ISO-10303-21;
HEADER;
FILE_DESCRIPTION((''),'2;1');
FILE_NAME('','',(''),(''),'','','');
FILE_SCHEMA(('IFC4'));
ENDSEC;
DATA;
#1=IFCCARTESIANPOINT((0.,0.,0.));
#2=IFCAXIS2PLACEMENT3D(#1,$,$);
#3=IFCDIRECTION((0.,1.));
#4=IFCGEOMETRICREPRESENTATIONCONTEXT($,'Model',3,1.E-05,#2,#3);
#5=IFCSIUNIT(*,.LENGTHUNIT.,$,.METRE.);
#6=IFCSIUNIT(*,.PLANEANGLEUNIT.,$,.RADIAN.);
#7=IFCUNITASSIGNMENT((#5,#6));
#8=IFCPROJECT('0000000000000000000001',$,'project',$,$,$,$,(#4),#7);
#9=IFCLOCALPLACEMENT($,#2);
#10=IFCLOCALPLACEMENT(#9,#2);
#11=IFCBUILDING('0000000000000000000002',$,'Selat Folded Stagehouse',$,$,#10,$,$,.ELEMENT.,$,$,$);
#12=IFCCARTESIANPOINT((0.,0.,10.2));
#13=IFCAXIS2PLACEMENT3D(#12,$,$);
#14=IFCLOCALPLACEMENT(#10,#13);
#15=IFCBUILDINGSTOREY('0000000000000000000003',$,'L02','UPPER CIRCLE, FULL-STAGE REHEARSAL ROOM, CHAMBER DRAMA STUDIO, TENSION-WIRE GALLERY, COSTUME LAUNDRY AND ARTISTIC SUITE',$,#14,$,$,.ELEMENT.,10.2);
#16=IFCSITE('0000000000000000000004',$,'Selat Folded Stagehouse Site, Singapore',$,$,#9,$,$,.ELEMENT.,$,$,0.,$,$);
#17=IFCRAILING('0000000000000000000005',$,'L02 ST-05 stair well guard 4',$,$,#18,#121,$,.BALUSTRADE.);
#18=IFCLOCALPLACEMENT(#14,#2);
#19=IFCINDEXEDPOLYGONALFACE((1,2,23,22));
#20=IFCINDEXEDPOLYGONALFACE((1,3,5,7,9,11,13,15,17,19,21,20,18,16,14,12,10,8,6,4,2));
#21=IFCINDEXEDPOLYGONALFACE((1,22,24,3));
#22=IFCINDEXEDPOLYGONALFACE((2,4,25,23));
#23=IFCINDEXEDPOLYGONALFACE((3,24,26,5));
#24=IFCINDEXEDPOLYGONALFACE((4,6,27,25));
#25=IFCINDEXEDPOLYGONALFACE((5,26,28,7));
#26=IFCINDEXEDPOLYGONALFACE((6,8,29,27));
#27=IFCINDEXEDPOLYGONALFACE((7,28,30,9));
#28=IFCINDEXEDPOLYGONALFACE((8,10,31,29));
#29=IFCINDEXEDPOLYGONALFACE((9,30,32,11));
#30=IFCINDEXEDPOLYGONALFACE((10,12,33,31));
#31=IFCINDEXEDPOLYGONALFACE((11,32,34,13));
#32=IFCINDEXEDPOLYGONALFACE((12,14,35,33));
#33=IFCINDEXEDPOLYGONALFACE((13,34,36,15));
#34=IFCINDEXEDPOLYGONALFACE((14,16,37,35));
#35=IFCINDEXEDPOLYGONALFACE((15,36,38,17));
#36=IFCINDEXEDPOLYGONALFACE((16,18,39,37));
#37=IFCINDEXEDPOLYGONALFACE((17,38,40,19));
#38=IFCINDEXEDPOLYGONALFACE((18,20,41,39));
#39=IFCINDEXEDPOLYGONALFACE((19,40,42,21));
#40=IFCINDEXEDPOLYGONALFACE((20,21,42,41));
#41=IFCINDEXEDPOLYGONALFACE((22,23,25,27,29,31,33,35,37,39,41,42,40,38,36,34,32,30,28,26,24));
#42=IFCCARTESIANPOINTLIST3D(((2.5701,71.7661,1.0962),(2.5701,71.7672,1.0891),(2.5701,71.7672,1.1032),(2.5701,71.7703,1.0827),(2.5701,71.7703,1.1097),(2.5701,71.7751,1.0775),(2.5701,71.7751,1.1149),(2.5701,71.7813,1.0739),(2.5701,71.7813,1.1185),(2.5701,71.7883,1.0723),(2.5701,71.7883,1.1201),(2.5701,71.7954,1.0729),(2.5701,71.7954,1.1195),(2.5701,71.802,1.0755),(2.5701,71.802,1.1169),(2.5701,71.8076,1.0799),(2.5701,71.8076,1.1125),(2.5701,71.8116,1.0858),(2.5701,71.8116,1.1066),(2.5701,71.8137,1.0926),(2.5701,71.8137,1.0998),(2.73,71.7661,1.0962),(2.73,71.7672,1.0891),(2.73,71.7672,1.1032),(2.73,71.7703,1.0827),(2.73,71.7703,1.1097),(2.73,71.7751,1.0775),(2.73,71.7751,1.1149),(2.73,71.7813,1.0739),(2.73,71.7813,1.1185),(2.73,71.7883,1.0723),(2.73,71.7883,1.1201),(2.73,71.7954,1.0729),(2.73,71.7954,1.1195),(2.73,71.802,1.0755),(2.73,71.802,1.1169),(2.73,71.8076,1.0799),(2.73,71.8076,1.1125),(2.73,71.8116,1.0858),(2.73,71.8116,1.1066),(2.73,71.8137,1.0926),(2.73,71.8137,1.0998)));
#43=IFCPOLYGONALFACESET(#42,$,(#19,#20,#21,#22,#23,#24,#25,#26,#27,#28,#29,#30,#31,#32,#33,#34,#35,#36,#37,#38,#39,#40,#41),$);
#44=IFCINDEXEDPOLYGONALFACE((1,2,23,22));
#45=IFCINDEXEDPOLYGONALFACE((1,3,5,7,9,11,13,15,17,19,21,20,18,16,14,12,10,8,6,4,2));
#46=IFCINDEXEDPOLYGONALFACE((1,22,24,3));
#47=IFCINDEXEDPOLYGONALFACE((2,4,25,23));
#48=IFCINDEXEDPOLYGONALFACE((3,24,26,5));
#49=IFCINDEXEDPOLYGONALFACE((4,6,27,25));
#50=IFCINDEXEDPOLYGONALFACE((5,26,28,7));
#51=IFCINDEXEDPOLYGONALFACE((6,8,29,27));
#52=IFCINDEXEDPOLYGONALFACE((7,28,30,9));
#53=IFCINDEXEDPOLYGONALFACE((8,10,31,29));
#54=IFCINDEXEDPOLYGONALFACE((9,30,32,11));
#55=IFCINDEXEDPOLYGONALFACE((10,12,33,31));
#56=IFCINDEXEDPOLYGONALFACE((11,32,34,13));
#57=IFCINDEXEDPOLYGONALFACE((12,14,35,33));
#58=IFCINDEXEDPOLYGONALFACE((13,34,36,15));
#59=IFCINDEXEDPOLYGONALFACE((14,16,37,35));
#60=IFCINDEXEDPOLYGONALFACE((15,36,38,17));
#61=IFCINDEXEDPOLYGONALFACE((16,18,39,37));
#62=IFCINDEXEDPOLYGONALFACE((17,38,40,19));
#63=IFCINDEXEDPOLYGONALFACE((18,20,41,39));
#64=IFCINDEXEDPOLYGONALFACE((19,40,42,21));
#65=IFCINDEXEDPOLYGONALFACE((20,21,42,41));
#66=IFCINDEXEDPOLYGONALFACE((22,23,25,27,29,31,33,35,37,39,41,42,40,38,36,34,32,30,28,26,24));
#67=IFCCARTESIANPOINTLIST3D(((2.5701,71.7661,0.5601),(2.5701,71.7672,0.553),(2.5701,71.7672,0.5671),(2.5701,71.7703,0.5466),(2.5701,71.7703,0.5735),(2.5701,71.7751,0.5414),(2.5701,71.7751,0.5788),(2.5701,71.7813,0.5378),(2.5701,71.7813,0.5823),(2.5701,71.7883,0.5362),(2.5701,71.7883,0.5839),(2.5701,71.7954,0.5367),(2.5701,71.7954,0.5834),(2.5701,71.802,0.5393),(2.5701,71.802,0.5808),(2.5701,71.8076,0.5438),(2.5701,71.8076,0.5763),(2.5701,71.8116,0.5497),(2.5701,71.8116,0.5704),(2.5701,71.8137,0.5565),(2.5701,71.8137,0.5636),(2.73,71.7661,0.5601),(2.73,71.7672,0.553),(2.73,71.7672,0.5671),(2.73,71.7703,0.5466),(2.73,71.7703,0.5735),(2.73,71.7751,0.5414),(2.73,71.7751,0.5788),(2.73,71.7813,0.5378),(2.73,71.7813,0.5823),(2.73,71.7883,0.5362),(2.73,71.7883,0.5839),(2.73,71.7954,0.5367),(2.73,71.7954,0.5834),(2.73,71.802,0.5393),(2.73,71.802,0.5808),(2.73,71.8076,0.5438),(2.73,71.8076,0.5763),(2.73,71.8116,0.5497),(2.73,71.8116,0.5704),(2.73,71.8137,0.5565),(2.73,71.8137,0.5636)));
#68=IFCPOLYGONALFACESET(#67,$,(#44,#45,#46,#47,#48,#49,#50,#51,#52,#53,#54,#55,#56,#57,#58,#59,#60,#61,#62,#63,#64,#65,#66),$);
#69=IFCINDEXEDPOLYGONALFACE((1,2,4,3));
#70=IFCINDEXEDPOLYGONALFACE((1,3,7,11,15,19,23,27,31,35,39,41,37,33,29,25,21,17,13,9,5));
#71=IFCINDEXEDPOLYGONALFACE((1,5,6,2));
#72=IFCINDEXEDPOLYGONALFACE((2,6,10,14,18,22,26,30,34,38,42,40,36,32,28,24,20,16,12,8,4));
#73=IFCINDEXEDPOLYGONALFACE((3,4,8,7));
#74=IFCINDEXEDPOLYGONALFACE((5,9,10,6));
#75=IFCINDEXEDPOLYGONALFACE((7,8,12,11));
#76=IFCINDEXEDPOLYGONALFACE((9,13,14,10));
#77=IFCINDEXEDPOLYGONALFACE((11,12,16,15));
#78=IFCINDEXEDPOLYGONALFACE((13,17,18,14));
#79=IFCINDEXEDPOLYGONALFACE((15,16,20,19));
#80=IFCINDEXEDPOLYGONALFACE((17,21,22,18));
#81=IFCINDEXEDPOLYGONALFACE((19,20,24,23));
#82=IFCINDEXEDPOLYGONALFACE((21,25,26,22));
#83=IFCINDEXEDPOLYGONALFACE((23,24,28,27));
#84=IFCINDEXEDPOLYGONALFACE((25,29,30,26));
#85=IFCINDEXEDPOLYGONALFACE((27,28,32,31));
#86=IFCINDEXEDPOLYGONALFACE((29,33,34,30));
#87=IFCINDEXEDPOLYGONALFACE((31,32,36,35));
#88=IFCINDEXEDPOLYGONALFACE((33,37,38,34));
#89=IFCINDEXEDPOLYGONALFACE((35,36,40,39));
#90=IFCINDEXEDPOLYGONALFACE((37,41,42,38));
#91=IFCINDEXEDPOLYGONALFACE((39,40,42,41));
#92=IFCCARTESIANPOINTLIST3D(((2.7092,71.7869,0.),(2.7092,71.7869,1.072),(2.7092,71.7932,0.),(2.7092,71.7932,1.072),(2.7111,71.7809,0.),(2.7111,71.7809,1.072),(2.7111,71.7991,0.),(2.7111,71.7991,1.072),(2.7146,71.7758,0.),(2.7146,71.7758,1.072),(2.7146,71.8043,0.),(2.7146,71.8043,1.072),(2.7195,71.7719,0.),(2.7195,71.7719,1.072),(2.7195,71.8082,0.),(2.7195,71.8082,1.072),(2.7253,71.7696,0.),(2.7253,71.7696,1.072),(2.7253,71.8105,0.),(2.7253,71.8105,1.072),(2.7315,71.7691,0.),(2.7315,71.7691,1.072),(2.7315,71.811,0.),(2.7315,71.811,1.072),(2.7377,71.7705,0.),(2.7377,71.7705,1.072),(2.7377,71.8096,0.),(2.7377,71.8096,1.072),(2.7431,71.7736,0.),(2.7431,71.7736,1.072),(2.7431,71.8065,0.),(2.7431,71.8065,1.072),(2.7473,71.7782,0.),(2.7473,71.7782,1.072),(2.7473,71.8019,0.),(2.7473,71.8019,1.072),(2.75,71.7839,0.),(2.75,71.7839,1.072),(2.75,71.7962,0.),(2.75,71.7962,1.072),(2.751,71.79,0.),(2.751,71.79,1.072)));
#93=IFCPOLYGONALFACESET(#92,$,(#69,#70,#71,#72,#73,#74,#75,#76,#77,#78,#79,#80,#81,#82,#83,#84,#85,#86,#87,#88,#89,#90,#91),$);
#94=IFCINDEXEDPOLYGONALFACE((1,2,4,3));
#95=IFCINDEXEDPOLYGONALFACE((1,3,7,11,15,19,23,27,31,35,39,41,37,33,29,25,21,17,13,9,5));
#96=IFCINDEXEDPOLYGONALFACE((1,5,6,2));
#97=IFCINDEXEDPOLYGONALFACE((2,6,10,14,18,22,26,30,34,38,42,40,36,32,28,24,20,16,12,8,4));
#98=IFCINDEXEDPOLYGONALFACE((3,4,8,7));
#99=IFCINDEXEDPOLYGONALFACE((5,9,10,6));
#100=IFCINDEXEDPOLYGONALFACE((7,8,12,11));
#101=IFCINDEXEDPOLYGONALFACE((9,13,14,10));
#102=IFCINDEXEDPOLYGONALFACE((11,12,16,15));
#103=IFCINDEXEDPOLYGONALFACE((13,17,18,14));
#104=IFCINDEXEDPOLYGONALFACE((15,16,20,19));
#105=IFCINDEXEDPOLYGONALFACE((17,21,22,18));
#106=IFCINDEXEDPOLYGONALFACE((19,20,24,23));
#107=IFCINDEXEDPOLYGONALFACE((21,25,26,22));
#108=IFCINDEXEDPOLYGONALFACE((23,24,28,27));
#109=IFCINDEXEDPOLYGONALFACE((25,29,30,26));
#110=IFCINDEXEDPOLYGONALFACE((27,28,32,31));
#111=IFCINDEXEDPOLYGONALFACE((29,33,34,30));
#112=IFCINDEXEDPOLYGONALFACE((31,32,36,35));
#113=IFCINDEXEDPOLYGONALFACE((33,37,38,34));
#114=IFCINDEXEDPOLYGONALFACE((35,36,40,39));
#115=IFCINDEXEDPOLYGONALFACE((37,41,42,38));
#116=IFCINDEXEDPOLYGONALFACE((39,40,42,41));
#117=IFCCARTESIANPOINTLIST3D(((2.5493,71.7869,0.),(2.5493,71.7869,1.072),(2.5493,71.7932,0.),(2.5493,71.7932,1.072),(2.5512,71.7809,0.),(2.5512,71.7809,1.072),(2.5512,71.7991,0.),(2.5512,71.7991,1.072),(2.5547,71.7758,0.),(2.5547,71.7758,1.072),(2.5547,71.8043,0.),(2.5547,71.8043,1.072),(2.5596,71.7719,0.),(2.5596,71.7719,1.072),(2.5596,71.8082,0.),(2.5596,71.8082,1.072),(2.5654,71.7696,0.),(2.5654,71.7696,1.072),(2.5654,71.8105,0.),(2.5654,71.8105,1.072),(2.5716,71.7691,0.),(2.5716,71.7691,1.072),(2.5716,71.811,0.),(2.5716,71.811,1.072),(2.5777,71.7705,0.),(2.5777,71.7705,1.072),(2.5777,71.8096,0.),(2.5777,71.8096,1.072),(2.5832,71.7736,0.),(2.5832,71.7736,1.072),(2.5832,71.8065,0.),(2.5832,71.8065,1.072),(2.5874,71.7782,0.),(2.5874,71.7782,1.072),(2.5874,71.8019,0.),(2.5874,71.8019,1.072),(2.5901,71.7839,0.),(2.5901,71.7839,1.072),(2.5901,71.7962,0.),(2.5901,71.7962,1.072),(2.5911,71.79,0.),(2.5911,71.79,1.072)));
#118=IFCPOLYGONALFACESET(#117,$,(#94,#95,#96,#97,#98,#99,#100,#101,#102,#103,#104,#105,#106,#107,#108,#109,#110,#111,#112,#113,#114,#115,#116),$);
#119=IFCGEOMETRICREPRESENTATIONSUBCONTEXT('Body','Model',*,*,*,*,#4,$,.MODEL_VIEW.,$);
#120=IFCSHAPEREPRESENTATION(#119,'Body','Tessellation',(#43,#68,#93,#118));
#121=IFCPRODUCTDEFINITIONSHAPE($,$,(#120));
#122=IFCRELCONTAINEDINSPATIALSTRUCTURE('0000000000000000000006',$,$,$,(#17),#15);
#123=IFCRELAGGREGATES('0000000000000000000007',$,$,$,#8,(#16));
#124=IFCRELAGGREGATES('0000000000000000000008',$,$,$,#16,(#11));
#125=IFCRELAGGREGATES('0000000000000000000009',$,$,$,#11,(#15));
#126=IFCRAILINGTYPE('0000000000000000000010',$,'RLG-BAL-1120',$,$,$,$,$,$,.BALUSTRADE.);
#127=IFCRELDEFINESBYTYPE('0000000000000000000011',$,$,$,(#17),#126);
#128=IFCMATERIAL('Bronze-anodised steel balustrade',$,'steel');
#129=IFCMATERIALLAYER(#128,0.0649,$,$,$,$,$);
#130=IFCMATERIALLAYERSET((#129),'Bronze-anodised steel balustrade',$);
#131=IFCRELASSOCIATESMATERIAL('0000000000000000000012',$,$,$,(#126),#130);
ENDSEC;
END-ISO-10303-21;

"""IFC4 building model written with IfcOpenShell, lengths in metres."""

from ifc_helpers import new_model, si_unit, direction, frame, origin, origin_2d, place, context, subcontext, project, spatial, circle, extrude, material, layer, layer_set, type_object, element, save


model = new_model("IFC4")

# Units and contexts
model_context = context("Model", 3, precision=1e-05, world=origin(), true_north=direction((0.0, 1.0)))
body_context = subcontext(model_context, "Body", "Model", "MODEL_VIEW")
ifc_project = project(units=[si_unit("LENGTHUNIT", "METRE"), si_unit("PLANEANGLEUNIT", "RADIAN")], contexts=[model_context])

# Site, building, storey
site_placement = place(None, origin())
site = spatial("IfcSite", under=ifc_project, at=site_placement, Name="Selat Folded Stagehouse Site, Singapore", CompositionType="ELEMENT", RefElevation=0.0)
building_placement = place(site_placement, origin())
building = spatial("IfcBuilding", under=site, at=building_placement, Name="Selat Folded Stagehouse", CompositionType="ELEMENT")
storey_placement = place(building_placement, frame((0.0, 0.0, 10.2)))
storey = spatial("IfcBuildingStorey", under=building, at=storey_placement, Name="L02", Description="UPPER CIRCLE, FULL-STAGE REHEARSAL ROOM, CHAMBER DRAMA STUDIO, TENSION-WIRE GALLERY, COSTUME LAUNDRY AND ARTISTIC SUITE", CompositionType="ELEMENT", Elevation=10.2)

# Railing
ifc_material_1 = material(Name="Bronze-anodised steel balustrade", Category="steel")
ifc_layer_1 = layer(ifc_material_1, 0.0649)
ifc_layer_set_1 = layer_set([ifc_layer_1], Name="Bronze-anodised steel balustrade")
railing_type_1 = type_object("IfcRailingType", Name="RLG-BAL-1120", PredefinedType="BALUSTRADE", material=ifc_layer_set_1)
railing_1_placement = place(storey_placement, frame((2.73, 71.79, 0.0)))
element("IfcRailing", 1, at=railing_1_placement, inside=storey, type_object=railing_type_1, Name="L02 ST-05 stair well guard 4", PredefinedType="BALUSTRADE", context=body_context, shape_type="SweptSolid", body=[
    extrude(circle(Radius=0.0239, at=origin_2d()), frame((0.0, 0.0, 1.0962), z_axis=(-1.0, 0.0, 0.0), x_axis=(0.0, -1.0, 0.0)), (0.0, 0.0, 1.0), 0.1599),
    extrude(circle(Radius=0.0239, at=origin_2d()), frame((0.0, 0.0, 0.5601), z_axis=(-1.0, 0.0, 0.0), x_axis=(0.0, -1.0, 0.0)), (0.0, 0.0, 1.0), 0.1599),
    extrude(circle(Radius=0.021, at=origin_2d()), origin(), (0.0, 0.0, 1.0), 1.072),
    extrude(circle(Radius=0.021, at=origin_2d()), frame((-0.1599, 0.0, 0.0)), (0.0, 0.0, 1.0), 1.072),
])

save(model, "model.ifc")
